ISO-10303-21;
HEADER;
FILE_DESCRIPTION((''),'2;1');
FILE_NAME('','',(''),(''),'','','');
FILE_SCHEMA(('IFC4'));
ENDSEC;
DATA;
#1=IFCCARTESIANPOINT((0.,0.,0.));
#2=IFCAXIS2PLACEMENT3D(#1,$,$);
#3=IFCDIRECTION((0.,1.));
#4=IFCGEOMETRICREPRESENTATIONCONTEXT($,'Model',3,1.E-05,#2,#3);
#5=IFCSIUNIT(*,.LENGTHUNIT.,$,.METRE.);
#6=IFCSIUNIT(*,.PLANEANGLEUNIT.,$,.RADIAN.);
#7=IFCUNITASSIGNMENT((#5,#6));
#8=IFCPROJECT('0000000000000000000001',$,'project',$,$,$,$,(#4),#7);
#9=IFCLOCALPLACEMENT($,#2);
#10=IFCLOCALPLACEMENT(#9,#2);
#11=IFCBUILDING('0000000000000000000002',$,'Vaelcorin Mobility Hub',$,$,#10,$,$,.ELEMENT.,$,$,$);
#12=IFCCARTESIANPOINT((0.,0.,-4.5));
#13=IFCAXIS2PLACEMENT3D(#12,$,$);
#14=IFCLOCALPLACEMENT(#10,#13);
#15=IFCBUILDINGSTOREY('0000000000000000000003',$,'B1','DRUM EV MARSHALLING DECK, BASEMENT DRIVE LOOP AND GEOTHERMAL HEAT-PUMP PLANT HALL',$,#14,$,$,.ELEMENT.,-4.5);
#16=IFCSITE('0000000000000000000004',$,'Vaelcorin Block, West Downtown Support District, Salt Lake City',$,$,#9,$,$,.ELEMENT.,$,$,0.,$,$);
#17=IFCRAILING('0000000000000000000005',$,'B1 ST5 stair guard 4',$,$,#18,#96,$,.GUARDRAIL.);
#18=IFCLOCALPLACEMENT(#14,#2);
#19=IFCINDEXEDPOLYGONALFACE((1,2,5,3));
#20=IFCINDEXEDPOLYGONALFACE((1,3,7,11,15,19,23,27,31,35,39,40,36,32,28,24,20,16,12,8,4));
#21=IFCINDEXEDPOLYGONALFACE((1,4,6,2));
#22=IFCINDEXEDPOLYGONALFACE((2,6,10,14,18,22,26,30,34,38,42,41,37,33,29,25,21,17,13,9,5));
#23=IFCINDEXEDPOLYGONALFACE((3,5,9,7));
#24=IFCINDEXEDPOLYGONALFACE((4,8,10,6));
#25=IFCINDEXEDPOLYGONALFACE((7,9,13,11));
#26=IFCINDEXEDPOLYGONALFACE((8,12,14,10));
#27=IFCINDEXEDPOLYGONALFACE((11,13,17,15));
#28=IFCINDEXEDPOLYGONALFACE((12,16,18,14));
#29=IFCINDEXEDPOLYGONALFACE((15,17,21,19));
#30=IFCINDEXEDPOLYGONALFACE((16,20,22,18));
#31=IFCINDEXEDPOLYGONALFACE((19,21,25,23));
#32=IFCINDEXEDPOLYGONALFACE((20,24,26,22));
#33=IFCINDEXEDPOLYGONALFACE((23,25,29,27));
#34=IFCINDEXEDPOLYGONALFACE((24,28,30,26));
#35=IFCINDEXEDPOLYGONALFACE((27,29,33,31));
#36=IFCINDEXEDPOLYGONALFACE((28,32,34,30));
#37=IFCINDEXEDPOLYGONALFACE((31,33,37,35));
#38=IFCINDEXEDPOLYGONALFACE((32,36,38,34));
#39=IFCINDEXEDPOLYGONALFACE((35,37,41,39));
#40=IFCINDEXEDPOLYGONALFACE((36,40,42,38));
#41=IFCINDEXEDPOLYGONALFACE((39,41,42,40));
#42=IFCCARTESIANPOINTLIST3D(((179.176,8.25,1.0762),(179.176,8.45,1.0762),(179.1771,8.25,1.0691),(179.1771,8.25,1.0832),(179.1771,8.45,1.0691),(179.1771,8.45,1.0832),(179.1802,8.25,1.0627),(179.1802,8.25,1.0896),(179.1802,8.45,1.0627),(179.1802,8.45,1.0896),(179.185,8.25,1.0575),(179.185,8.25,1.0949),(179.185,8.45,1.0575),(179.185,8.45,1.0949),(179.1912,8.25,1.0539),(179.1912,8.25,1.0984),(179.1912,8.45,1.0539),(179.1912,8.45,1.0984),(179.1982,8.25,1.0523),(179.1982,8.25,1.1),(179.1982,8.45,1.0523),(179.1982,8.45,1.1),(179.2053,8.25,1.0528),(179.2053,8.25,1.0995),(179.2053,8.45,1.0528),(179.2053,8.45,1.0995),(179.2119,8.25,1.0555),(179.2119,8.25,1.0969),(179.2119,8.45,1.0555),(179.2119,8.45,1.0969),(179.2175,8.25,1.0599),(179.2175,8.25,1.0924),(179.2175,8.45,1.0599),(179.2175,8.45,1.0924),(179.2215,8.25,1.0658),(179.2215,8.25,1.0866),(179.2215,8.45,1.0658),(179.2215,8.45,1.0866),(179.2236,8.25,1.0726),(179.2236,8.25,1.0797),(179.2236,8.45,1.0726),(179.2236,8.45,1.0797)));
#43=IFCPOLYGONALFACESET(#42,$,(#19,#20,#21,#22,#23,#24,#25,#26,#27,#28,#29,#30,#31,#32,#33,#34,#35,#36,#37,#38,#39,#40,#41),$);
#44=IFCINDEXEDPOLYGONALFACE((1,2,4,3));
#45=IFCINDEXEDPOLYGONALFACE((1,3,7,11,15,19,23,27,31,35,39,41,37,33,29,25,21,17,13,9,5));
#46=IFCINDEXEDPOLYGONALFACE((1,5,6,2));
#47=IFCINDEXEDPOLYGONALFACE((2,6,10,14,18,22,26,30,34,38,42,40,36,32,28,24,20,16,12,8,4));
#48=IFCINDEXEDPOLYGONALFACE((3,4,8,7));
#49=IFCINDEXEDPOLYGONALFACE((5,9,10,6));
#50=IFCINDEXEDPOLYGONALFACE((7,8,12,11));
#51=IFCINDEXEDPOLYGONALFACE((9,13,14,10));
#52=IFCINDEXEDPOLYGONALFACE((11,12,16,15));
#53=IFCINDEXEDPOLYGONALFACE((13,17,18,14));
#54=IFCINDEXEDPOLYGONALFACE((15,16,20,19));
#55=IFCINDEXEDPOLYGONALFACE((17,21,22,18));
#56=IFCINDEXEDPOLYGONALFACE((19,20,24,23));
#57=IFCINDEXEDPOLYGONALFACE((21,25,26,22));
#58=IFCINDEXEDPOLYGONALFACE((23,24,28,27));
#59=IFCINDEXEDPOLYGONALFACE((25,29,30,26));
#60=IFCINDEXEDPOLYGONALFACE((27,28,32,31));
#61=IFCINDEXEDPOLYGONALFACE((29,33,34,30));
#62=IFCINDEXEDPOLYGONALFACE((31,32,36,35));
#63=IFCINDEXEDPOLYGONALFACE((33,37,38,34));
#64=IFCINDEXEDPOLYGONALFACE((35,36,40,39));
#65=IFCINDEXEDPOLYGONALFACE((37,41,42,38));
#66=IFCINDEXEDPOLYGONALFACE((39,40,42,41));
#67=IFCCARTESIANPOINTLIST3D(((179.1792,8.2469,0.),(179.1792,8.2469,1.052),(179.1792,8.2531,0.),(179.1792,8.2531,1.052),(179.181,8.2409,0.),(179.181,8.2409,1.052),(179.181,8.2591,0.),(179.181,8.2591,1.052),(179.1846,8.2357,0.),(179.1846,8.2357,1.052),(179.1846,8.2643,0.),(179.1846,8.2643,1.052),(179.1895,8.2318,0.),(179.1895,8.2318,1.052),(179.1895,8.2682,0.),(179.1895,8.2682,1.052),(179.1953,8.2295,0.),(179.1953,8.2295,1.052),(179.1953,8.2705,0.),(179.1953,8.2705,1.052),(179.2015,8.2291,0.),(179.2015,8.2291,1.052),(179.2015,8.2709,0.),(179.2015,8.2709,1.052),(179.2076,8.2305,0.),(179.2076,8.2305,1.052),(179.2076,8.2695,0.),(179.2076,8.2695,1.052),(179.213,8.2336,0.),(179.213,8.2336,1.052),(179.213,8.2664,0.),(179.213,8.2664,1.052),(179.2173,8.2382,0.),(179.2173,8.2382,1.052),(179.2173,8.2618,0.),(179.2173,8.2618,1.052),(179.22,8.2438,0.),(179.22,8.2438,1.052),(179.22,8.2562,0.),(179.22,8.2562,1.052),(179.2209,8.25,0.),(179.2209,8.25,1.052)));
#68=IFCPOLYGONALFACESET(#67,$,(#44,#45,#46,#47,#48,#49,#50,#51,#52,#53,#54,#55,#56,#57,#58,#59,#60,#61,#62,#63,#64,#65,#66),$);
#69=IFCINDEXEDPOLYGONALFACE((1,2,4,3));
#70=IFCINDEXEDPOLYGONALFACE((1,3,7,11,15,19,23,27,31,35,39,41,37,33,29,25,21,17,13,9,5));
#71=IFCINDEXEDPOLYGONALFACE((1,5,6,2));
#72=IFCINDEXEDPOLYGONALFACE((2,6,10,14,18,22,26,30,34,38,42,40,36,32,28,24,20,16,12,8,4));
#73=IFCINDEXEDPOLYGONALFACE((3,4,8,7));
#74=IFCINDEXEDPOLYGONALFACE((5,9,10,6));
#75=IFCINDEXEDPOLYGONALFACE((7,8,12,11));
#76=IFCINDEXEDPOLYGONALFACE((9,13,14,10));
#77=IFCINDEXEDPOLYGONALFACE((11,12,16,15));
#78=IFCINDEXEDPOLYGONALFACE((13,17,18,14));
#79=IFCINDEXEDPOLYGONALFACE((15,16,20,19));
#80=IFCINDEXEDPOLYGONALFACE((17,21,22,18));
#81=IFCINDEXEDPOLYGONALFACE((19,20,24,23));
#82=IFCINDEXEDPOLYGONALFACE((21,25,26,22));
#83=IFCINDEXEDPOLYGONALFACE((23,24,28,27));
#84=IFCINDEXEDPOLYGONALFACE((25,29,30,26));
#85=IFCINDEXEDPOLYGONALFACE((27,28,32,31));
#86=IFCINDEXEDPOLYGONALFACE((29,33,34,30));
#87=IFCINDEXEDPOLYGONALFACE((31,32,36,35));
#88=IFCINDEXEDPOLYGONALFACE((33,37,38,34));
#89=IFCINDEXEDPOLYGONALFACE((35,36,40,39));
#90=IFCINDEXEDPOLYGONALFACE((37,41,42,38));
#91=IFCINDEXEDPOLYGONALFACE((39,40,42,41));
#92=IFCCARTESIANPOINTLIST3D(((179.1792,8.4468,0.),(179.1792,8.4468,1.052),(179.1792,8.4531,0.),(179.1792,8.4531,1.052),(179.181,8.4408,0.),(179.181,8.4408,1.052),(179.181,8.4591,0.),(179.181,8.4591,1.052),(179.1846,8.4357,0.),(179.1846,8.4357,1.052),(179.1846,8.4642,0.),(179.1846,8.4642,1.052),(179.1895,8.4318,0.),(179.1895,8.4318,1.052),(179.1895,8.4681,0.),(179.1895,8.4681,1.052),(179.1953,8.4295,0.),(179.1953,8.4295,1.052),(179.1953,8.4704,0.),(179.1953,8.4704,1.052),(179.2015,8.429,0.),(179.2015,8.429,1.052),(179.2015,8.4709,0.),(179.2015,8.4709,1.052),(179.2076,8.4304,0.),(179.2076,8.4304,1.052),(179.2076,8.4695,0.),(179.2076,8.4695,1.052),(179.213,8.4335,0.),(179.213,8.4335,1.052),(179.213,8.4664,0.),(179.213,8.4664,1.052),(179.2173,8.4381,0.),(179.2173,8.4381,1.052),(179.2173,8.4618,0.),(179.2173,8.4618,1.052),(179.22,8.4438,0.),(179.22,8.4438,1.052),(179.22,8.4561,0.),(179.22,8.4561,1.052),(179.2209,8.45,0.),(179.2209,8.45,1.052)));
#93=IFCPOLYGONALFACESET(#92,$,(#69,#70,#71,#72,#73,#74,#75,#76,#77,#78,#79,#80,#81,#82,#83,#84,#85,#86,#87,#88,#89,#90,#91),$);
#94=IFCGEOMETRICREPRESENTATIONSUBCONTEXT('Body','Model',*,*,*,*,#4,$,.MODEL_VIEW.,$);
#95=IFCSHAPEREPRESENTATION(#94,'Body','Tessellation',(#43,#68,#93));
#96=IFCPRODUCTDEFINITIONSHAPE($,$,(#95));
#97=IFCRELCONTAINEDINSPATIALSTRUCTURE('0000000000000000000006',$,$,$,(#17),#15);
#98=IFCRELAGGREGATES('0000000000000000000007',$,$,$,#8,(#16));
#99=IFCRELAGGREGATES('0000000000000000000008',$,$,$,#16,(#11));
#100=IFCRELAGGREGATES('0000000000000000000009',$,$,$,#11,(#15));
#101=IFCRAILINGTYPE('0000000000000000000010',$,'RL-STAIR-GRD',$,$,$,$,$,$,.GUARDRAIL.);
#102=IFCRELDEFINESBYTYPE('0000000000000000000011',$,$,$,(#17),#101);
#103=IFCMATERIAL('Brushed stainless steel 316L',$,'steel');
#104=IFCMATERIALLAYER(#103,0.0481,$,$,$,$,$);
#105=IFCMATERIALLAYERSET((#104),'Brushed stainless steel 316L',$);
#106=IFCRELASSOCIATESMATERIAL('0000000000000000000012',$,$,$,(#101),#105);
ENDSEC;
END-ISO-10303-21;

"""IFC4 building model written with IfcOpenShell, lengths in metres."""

from ifc_helpers import new_model, si_unit, direction, frame, origin, origin_2d, place, context, subcontext, project, spatial, circle, extrude, material, layer, layer_set, type_object, element, save


model = new_model("IFC4")

# Units and contexts
model_context = context("Model", 3, precision=1e-05, world=origin(), true_north=direction((0.0, 1.0)))
body_context = subcontext(model_context, "Body", "Model", "MODEL_VIEW")
ifc_project = project(units=[si_unit("LENGTHUNIT", "METRE"), si_unit("PLANEANGLEUNIT", "RADIAN")], contexts=[model_context])

# Site, building, storey
site_placement = place(None, origin())
site = spatial("IfcSite", under=ifc_project, at=site_placement, Name="Vaelcorin Block, West Downtown Support District, Salt Lake City", CompositionType="ELEMENT", RefElevation=0.0)
building_placement = place(site_placement, origin())
building = spatial("IfcBuilding", under=site, at=building_placement, Name="Vaelcorin Mobility Hub", CompositionType="ELEMENT")
storey_placement = place(building_placement, frame((0.0, 0.0, -4.5)))
storey = spatial("IfcBuildingStorey", under=building, at=storey_placement, Name="B1", Description="DRUM EV MARSHALLING DECK, BASEMENT DRIVE LOOP AND GEOTHERMAL HEAT-PUMP PLANT HALL", CompositionType="ELEMENT", Elevation=-4.5)

# Railing
ifc_material_1 = material(Name="Brushed stainless steel 316L", Category="steel")
ifc_layer_1 = layer(ifc_material_1, 0.0481)
ifc_layer_set_1 = layer_set([ifc_layer_1], Name="Brushed stainless steel 316L")
railing_type_1 = type_object("IfcRailingType", Name="RL-STAIR-GRD", PredefinedType="GUARDRAIL", material=ifc_layer_set_1)
railing_1_placement = place(storey_placement, frame((179.2, 8.25, 0.0)))
element("IfcRailing", 1, at=railing_1_placement, inside=storey, type_object=railing_type_1, Name="B1 ST5 stair guard 4", PredefinedType="GUARDRAIL", context=body_context, shape_type="SweptSolid", body=[
    extrude(circle(Radius=0.0239, at=origin_2d()), frame((0.0, 0.0, 1.0762), z_axis=(0.0, 1.0, 0.0), x_axis=(-1.0, 0.0, 0.0)), (0.0, 0.0, 1.0), 0.2),
    extrude(circle(Radius=0.021, at=origin_2d()), origin(), (0.0, 0.0, 1.0), 1.052),
    extrude(circle(Radius=0.021, at=origin_2d()), frame((0.0, 0.2, 0.0)), (0.0, 0.0, 1.0), 1.052),
])

save(model, "model.ifc")
